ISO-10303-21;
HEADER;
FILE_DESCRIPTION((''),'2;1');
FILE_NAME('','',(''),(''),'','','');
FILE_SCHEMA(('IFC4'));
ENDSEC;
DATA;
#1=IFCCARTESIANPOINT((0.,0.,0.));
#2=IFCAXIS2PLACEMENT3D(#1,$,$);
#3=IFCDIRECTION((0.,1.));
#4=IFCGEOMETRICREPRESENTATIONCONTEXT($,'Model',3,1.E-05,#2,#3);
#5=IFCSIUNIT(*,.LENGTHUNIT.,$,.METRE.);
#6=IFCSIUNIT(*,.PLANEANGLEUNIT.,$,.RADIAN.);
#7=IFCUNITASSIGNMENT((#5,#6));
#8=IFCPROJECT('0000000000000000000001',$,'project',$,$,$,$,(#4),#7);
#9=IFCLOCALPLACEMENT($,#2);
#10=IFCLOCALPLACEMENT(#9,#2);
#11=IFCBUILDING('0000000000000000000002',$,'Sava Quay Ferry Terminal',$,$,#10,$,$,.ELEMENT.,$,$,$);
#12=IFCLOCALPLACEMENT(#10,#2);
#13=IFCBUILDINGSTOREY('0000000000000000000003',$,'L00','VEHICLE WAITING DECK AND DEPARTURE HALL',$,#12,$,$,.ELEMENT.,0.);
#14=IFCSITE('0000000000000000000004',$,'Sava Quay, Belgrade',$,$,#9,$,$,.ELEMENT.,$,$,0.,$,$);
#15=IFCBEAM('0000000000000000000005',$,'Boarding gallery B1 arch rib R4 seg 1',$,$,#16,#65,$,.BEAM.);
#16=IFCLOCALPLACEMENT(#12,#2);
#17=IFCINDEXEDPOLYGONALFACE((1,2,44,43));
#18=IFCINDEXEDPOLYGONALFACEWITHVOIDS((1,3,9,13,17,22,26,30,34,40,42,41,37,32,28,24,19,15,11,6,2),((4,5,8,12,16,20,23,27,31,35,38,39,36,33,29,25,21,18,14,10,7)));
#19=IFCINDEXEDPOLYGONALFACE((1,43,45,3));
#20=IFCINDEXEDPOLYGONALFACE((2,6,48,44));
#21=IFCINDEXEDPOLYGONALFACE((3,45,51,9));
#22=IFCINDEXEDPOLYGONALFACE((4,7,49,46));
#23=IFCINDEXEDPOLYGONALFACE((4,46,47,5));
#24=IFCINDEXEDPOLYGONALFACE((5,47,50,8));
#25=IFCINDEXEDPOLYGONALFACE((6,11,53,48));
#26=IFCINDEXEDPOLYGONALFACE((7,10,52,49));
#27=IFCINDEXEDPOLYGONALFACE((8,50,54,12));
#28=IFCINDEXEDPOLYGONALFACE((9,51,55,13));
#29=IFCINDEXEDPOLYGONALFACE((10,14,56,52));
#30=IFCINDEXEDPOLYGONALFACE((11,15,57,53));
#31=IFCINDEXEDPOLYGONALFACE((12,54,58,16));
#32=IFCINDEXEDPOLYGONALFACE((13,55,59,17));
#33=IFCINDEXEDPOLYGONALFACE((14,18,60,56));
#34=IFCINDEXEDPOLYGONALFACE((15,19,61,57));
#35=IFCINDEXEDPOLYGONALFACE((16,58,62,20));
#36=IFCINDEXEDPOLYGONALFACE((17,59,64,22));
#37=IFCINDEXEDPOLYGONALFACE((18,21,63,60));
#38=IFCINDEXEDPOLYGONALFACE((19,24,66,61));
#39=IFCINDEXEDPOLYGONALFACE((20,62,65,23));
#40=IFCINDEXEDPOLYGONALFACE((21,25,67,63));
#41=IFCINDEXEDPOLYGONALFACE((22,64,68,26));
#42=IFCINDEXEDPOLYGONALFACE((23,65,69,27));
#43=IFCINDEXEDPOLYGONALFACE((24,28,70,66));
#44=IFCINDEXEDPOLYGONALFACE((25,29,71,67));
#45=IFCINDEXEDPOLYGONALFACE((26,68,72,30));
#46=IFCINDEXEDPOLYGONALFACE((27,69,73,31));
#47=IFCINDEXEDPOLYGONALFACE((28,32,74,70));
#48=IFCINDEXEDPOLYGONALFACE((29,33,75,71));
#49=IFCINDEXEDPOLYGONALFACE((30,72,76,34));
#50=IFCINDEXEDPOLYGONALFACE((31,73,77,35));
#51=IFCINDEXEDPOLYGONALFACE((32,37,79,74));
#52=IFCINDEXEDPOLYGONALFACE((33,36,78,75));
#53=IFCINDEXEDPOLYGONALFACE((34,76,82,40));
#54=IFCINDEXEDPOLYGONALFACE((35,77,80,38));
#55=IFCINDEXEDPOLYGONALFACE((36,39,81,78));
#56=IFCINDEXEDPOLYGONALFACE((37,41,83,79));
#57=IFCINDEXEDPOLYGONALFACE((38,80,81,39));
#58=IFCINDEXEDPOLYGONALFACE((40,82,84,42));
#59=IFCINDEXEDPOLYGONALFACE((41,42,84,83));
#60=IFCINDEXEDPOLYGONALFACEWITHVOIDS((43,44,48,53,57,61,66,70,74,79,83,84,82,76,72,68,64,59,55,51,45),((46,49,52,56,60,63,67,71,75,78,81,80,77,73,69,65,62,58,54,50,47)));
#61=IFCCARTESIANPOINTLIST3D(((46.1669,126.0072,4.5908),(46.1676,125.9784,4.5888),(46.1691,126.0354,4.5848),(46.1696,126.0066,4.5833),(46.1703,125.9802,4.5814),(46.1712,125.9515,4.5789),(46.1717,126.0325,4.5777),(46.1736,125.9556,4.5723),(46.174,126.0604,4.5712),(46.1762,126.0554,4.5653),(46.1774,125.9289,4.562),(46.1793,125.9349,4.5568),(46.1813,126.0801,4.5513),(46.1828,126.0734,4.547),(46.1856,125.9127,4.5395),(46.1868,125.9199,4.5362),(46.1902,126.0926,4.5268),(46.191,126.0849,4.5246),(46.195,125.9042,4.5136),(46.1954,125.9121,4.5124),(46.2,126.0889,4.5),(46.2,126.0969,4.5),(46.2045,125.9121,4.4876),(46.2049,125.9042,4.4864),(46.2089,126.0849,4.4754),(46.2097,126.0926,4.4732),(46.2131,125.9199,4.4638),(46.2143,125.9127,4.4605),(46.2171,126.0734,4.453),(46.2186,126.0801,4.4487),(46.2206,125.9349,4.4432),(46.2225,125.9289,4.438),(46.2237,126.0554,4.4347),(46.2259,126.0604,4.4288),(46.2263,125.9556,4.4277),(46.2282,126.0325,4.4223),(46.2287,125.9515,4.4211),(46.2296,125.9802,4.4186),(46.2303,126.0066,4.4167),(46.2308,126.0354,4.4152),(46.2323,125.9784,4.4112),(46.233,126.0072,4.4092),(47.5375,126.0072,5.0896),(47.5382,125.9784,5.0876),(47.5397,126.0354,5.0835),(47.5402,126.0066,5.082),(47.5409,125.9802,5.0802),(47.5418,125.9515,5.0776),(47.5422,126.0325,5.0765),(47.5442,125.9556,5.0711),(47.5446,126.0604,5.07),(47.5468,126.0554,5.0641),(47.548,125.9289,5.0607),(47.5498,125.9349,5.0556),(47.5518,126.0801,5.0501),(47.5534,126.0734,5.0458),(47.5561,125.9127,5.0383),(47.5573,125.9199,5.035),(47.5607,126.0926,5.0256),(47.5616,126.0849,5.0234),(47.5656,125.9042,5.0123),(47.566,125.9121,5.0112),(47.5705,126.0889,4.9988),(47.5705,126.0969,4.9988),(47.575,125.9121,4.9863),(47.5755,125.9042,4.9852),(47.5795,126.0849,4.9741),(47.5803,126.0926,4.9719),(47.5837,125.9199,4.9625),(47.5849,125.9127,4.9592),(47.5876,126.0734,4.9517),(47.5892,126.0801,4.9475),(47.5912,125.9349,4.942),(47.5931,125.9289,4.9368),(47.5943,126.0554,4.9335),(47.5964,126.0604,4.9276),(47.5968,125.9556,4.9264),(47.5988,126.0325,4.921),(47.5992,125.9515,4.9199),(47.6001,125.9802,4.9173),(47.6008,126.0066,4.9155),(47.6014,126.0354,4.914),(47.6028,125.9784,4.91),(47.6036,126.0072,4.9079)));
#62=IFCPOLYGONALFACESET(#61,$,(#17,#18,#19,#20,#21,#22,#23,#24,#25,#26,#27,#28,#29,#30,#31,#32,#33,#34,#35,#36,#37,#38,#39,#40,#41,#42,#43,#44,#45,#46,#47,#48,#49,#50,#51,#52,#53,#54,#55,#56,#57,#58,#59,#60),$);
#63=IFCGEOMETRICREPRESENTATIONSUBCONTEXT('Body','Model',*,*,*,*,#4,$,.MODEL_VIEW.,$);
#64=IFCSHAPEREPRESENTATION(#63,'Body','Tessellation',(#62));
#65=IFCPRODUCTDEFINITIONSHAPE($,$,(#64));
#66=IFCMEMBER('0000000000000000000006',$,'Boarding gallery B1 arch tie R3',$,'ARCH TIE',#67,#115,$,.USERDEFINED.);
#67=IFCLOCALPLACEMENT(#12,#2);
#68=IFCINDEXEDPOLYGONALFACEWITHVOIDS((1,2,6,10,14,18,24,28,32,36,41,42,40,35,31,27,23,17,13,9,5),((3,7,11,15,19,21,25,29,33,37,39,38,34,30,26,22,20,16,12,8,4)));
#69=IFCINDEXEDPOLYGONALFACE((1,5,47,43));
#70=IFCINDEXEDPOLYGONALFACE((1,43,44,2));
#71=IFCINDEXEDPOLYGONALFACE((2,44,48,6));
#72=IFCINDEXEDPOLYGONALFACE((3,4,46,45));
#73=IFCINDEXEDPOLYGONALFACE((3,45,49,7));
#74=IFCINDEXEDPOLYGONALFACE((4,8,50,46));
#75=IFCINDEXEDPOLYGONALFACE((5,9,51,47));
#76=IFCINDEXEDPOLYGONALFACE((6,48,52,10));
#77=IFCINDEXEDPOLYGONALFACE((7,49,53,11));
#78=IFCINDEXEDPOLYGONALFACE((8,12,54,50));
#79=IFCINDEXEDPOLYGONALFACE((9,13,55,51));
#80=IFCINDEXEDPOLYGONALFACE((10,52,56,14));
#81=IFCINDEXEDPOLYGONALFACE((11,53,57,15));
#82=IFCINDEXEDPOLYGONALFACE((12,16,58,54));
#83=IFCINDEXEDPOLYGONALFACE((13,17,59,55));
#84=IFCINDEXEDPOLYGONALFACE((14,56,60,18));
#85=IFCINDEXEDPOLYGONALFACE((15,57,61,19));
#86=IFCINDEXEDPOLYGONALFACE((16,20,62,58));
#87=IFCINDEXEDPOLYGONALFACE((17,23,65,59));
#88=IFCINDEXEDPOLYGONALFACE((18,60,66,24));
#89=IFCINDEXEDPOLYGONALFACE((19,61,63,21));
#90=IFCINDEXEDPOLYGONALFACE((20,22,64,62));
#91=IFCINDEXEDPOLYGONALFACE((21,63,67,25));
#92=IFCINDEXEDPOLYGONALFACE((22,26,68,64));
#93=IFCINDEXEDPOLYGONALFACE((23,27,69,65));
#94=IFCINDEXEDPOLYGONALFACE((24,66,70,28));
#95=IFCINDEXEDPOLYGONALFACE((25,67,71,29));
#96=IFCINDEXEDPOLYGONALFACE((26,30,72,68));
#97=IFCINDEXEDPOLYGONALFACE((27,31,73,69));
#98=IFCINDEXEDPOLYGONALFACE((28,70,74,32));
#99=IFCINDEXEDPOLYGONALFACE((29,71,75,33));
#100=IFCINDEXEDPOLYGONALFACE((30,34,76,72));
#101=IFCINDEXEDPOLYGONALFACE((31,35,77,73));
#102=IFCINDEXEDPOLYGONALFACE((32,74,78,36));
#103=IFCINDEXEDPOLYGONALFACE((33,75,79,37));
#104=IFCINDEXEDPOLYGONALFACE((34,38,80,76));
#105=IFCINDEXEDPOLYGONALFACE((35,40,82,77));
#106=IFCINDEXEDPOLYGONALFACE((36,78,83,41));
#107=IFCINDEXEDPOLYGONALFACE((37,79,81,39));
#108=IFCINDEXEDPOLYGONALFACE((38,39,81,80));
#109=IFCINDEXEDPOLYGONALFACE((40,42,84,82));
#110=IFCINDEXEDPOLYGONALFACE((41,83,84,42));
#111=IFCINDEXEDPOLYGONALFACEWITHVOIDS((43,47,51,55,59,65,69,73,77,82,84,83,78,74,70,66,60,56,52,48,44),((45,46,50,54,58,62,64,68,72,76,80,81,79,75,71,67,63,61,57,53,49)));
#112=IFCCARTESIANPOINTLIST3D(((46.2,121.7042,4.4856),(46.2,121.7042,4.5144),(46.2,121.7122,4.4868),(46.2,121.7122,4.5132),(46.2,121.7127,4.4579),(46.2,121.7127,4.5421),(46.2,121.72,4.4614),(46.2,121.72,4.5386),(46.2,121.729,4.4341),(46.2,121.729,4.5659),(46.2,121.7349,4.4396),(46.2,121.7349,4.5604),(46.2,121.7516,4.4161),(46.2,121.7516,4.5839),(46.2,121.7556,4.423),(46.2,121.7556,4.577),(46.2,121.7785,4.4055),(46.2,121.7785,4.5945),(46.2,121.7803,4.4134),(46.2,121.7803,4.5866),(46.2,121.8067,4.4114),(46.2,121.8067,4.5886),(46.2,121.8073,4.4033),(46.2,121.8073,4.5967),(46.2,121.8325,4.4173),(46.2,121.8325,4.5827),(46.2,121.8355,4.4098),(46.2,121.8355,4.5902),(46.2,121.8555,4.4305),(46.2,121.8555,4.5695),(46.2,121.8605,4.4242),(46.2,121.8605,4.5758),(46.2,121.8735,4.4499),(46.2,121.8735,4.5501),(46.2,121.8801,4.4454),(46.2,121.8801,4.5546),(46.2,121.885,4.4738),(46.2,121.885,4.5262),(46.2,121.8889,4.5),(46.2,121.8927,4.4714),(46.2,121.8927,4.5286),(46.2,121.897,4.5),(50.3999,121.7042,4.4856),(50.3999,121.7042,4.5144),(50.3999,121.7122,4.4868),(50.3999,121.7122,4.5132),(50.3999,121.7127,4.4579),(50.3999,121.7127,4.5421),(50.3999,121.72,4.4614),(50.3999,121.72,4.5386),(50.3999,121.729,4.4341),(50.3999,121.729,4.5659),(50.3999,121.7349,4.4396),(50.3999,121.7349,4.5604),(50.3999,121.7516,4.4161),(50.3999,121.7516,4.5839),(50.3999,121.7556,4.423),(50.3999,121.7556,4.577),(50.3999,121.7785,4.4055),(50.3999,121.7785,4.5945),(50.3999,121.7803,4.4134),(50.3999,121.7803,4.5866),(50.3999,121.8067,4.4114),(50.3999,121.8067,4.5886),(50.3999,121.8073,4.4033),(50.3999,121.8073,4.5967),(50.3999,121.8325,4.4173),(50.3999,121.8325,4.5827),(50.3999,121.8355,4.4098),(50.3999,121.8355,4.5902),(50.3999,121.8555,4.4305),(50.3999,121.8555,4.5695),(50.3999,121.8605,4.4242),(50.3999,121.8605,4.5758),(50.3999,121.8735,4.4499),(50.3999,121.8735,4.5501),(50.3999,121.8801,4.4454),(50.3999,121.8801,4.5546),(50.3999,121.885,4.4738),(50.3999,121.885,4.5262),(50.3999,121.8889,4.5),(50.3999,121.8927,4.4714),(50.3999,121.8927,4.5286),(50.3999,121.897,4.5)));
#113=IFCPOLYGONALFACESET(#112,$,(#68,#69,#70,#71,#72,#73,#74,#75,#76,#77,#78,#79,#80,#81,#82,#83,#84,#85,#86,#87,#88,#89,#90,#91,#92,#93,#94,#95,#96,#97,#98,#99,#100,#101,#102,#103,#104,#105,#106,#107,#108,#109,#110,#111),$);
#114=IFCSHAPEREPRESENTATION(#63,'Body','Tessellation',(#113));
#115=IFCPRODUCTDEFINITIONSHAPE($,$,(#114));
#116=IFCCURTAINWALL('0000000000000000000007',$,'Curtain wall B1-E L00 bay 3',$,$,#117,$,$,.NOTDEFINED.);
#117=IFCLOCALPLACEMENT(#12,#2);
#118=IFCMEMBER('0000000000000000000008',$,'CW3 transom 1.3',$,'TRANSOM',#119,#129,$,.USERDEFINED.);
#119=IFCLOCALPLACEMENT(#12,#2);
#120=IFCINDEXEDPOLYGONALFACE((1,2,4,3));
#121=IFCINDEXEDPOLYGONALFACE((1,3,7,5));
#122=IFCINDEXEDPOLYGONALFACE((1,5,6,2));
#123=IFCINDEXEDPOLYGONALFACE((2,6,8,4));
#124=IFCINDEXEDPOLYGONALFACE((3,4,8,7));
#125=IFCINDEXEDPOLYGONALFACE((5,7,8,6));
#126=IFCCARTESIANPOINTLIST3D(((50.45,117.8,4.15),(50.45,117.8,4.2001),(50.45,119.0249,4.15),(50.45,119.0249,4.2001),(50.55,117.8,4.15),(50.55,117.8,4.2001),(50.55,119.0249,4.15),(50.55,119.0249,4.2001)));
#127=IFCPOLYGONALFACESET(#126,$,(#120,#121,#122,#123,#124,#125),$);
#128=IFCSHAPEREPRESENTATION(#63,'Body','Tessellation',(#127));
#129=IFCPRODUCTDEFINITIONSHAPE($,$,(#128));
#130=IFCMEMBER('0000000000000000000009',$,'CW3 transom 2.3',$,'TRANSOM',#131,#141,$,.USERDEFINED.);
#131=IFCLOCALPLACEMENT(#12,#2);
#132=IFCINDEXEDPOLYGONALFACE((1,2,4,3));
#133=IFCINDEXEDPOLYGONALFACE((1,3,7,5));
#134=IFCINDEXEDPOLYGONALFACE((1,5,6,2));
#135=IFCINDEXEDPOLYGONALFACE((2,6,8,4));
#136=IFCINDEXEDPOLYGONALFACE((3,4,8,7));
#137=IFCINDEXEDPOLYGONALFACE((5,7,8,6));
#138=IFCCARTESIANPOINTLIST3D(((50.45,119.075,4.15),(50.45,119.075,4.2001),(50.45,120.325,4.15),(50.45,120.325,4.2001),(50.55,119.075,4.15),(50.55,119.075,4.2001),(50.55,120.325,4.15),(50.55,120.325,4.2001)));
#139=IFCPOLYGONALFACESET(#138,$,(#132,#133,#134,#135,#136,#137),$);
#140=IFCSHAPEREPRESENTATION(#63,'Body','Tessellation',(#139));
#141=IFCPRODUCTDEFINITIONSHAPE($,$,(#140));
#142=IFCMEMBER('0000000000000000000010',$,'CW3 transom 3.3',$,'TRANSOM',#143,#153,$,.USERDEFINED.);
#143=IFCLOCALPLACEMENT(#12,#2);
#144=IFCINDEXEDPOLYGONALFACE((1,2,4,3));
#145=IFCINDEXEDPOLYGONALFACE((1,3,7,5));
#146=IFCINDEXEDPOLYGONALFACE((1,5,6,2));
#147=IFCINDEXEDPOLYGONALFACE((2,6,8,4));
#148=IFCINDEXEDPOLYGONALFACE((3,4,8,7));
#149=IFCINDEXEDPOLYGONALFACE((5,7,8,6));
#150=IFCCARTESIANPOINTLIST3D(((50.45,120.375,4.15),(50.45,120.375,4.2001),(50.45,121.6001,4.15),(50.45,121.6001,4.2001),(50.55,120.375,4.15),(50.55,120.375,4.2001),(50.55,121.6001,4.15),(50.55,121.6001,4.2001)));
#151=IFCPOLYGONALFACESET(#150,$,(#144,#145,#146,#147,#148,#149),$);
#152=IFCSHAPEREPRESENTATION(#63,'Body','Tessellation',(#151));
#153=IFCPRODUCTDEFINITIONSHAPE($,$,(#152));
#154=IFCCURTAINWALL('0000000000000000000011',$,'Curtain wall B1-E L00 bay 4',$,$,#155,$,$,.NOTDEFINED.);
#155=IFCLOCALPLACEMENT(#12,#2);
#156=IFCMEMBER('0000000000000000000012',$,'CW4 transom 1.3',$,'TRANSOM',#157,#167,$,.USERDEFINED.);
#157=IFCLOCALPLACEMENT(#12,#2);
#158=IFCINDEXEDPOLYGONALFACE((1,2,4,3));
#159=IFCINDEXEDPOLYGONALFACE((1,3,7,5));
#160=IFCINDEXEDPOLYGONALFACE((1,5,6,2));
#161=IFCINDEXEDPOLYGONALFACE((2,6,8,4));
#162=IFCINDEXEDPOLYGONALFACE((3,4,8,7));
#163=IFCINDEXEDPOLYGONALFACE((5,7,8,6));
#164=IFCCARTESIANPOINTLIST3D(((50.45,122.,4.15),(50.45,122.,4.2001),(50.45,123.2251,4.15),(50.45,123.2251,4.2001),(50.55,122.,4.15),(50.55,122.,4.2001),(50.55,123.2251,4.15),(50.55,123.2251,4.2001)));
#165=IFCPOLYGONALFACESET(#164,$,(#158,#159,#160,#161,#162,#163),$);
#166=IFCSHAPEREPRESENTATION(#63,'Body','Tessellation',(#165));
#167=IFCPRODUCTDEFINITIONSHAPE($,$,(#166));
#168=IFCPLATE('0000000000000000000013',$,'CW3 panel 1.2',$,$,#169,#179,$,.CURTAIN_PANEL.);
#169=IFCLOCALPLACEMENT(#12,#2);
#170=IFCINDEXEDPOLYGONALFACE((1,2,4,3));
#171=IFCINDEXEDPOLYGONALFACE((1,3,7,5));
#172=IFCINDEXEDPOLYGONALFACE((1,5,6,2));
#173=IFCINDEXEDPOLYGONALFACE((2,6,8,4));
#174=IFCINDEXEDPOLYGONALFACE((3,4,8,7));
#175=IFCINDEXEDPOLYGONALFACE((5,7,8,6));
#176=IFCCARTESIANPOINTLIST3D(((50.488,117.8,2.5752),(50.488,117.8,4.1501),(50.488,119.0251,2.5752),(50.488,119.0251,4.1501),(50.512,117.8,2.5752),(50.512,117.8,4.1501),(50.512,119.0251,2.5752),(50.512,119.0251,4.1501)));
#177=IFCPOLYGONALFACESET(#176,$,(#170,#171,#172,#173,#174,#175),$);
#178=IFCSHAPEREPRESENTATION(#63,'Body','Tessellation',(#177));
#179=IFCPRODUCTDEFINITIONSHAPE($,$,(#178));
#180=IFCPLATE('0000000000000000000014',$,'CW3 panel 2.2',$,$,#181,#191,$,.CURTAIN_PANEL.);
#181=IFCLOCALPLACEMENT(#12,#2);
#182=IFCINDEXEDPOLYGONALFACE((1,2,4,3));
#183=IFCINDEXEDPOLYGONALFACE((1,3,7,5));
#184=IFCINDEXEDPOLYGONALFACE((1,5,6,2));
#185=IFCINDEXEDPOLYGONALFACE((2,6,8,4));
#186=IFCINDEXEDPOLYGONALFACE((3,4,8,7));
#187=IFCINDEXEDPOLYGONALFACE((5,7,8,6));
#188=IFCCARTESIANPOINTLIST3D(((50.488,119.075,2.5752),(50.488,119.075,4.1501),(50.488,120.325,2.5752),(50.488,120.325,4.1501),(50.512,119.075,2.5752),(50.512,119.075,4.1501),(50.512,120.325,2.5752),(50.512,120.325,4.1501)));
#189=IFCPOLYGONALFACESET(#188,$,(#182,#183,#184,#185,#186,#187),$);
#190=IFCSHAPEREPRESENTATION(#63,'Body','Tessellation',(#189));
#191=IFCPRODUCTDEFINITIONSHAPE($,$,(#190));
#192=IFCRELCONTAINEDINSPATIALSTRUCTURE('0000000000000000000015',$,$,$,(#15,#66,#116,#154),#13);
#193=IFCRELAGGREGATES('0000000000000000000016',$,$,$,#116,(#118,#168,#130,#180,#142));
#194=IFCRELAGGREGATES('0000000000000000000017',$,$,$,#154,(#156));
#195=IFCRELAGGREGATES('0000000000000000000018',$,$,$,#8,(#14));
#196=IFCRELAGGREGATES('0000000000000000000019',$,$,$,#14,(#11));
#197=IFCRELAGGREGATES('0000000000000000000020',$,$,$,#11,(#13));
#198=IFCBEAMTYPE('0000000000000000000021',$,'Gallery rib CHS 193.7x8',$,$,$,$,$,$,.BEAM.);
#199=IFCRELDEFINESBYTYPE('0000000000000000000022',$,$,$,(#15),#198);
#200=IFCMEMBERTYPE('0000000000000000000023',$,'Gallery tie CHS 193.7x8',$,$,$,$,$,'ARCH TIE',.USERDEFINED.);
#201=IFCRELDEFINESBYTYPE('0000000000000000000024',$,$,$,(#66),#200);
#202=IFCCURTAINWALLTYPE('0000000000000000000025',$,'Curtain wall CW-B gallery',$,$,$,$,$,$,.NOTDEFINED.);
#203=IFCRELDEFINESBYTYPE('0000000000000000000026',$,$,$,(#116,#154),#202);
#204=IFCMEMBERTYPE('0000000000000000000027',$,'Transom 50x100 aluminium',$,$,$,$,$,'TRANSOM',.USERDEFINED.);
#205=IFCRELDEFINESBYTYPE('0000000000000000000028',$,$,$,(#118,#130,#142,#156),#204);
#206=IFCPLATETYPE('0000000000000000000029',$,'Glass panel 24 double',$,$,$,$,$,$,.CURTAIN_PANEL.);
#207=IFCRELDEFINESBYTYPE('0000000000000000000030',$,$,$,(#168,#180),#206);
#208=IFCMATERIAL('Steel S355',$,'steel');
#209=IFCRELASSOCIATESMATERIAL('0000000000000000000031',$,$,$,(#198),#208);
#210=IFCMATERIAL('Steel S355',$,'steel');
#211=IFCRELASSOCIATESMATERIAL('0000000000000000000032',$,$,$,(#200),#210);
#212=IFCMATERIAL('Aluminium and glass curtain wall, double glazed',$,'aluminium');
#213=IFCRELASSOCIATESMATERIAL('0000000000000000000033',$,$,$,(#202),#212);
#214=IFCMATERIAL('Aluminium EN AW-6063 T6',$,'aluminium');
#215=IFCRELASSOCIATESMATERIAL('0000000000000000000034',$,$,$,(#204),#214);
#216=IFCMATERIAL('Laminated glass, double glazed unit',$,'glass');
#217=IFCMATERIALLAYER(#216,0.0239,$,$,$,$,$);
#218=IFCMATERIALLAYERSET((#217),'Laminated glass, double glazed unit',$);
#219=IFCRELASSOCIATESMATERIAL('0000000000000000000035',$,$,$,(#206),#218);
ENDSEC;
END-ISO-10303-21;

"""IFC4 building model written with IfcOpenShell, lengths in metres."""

from ifc_helpers import new_model, si_unit, direction, frame, origin, origin_2d, place, context, subcontext, project, spatial, rectangle, hollow_circle, extrude, material, layer, layer_set, material_profile, profile_set, type_object, element, aggregate, save


model = new_model("IFC4")

# Units and contexts
model_context = context("Model", 3, precision=1e-05, world=origin(), true_north=direction((0.0, 1.0)))
body_context = subcontext(model_context, "Body", "Model", "MODEL_VIEW")
ifc_project = project(units=[si_unit("LENGTHUNIT", "METRE"), si_unit("PLANEANGLEUNIT", "RADIAN")], contexts=[model_context])

# Site, building, storey
site_placement = place(None, origin())
site = spatial("IfcSite", under=ifc_project, at=site_placement, Name="Sava Quay, Belgrade", CompositionType="ELEMENT", RefElevation=0.0)
building_placement = place(site_placement, origin())
building = spatial("IfcBuilding", under=site, at=building_placement, Name="Sava Quay Ferry Terminal", CompositionType="ELEMENT")
storey_placement = place(building_placement, origin())
storey = spatial("IfcBuildingStorey", under=building, at=storey_placement, Name="L00", Description="VEHICLE WAITING DECK AND DEPARTURE HALL", CompositionType="ELEMENT", Elevation=0.0)

# Beam
ifc_material_1 = material(Name="Steel S355", Category="steel")
ifc_material_profile_1 = material_profile(ifc_material_1, hollow_circle(Radius=0.0969, WallThickness=0.0081, at=origin_2d()), Name="CHS 193.7 x 8.0")
ifc_profile_set_1 = profile_set([ifc_material_profile_1], Name="Steel S355")
beam_type_1 = type_object("IfcBeamType", Name="Gallery rib CHS 193.7x8", PredefinedType="BEAM", material=ifc_profile_set_1)
for number, where, z_axis, x_axis, name in (
    (1, (46.2, 126.0, 4.5), (0.93971, 0.0, 0.341972), (0.0, 1.0, 0.0), "Boarding gallery B1 arch rib R4 seg 1"),
):
    element("IfcBeam", number, at=place(storey_placement, frame(where, z_axis=z_axis, x_axis=x_axis)), inside=storey, type_object=beam_type_1, Name=name, PredefinedType="BEAM", context=body_context, shape_type="SweptSolid", body=[
        extrude(hollow_circle(Radius=0.0969, WallThickness=0.0081, at=origin_2d()), origin(), (0.0, 0.0, 1.0), 1.4585),
    ])

# Member
ifc_material_2 = material(Name="Steel S355", Category="steel")
ifc_material_profile_2 = material_profile(ifc_material_2, hollow_circle(Radius=0.0969, WallThickness=0.0081, at=origin_2d()), Name="CHS 193.7 x 8.0")
ifc_profile_set_2 = profile_set([ifc_material_profile_2], Name="Steel S355")
member_type_1 = type_object("IfcMemberType", Name="Gallery tie CHS 193.7x8", ElementType="ARCH TIE", PredefinedType="USERDEFINED", material=ifc_profile_set_2)
member_1_placement = place(storey_placement, frame((46.2, 121.8, 4.5), z_axis=(1.0, 0.0, 0.0), x_axis=(0.0, 1.0, 0.0)))
element("IfcMember", 2, at=member_1_placement, inside=storey, type_object=member_type_1, Name="Boarding gallery B1 arch tie R3", ObjectType="ARCH TIE", PredefinedType="USERDEFINED", context=body_context, shape_type="SweptSolid", body=[
    extrude(hollow_circle(Radius=0.0969, WallThickness=0.0081, at=origin_2d()), origin(), (0.0, 0.0, 1.0), 4.2),
])

# Curtain wall, members
ifc_material_3 = material(Name="Aluminium and glass curtain wall, double glazed", Category="aluminium")
curtain_wall_type = type_object("IfcCurtainWallType", Name="Curtain wall CW-B gallery", PredefinedType="NOTDEFINED", material=ifc_material_3)
curtain_wall_1_placement = place(storey_placement, origin())
curtain_wall_1 = element("IfcCurtainWall", 3, at=curtain_wall_1_placement, inside=storey, type_object=curtain_wall_type, Name="Curtain wall B1-E L00 bay 3", PredefinedType="NOTDEFINED")
ifc_material_4 = material(Name="Aluminium EN AW-6063 T6", Category="aluminium")
ifc_material_profile_3 = material_profile(ifc_material_4, rectangle(XDim=0.1001, YDim=0.05, at=origin_2d()), Name="Transom 50x100 aluminium")
ifc_profile_set_3 = profile_set([ifc_material_profile_3], Name="Aluminium EN AW-6063 T6")
member_type_2 = type_object("IfcMemberType", Name="Transom 50x100 aluminium", ElementType="TRANSOM", PredefinedType="USERDEFINED", material=ifc_profile_set_3)
member_2_placement = place(storey_placement, frame((50.5, 117.8, 4.175), z_axis=(0.0, 1.0, 0.0), x_axis=(-1.0, 0.0, 0.0)))
member_2 = element("IfcMember", 4, at=member_2_placement, type_object=member_type_2, Name="CW3 transom 1.3", ObjectType="TRANSOM", PredefinedType="USERDEFINED", context=body_context, shape_type="SweptSolid", body=[
    extrude(rectangle(XDim=0.1001, YDim=0.05, at=origin_2d()), origin(), (0.0, 0.0, 1.0), 1.2249),
])
member_3_placement = place(storey_placement, frame((50.5, 119.075, 4.175), z_axis=(0.0, 1.0, 0.0), x_axis=(-1.0, 0.0, 0.0)))
member_3 = element("IfcMember", 5, at=member_3_placement, type_object=member_type_2, Name="CW3 transom 2.3", ObjectType="TRANSOM", PredefinedType="USERDEFINED", context=body_context, shape_type="SweptSolid", body=[
    extrude(rectangle(XDim=0.1001, YDim=0.05, at=origin_2d()), origin(), (0.0, 0.0, 1.0), 1.25),
])
member_4_placement = place(storey_placement, frame((50.5, 120.375, 4.175), z_axis=(0.0, 1.0, 0.0), x_axis=(-1.0, 0.0, 0.0)))
member_4 = element("IfcMember", 6, at=member_4_placement, type_object=member_type_2, Name="CW3 transom 3.3", ObjectType="TRANSOM", PredefinedType="USERDEFINED", context=body_context, shape_type="SweptSolid", body=[
    extrude(rectangle(XDim=0.1001, YDim=0.05, at=origin_2d()), origin(), (0.0, 0.0, 1.0), 1.2251),
])

# Curtain wall, member
curtain_wall_2_placement = place(storey_placement, origin())
curtain_wall_2 = element("IfcCurtainWall", 7, at=curtain_wall_2_placement, inside=storey, type_object=curtain_wall_type, Name="Curtain wall B1-E L00 bay 4", PredefinedType="NOTDEFINED")
member_5_placement = place(storey_placement, frame((50.5, 122.0, 4.175), z_axis=(0.0, 1.0, 0.0), x_axis=(-1.0, 0.0, 0.0)))
member_5 = element("IfcMember", 8, at=member_5_placement, type_object=member_type_2, Name="CW4 transom 1.3", ObjectType="TRANSOM", PredefinedType="USERDEFINED", context=body_context, shape_type="SweptSolid", body=[
    extrude(rectangle(XDim=0.1001, YDim=0.05, at=origin_2d()), origin(), (0.0, 0.0, 1.0), 1.2251),
])

# Plates
ifc_material_5 = material(Name="Laminated glass, double glazed unit", Category="glass")
ifc_layer_1 = layer(ifc_material_5, 0.0239)
ifc_layer_set_1 = layer_set([ifc_layer_1], Name="Laminated glass, double glazed unit")
plate_type = type_object("IfcPlateType", Name="Glass panel 24 double", PredefinedType="CURTAIN_PANEL", material=ifc_layer_set_1)
plate_1_placement = place(storey_placement, frame((50.5, 118.4126, 2.5752), z_axis=(0.0, 0.0, 1.0), x_axis=(0.0, 1.0, 0.0)))
plate_1 = element("IfcPlate", 9, at=plate_1_placement, type_object=plate_type, Name="CW3 panel 1.2", PredefinedType="CURTAIN_PANEL", context=body_context, shape_type="SweptSolid", body=[
    extrude(rectangle(XDim=1.2251, YDim=0.0239, at=origin_2d()), origin(), (0.0, 0.0, 1.0), 1.575),
])
plate_2_placement = place(storey_placement, frame((50.5, 119.7, 2.5752), z_axis=(0.0, 0.0, 1.0), x_axis=(0.0, 1.0, 0.0)))
plate_2 = element("IfcPlate", 10, at=plate_2_placement, type_object=plate_type, Name="CW3 panel 2.2", PredefinedType="CURTAIN_PANEL", context=body_context, shape_type="SweptSolid", body=[
    extrude(rectangle(XDim=1.25, YDim=0.0239, at=origin_2d()), origin(), (0.0, 0.0, 1.0), 1.575),
])
aggregate(curtain_wall_1, [member_2, plate_1, member_3, plate_2, member_4])
aggregate(curtain_wall_2, [member_5])

save(model, "model.ifc")
